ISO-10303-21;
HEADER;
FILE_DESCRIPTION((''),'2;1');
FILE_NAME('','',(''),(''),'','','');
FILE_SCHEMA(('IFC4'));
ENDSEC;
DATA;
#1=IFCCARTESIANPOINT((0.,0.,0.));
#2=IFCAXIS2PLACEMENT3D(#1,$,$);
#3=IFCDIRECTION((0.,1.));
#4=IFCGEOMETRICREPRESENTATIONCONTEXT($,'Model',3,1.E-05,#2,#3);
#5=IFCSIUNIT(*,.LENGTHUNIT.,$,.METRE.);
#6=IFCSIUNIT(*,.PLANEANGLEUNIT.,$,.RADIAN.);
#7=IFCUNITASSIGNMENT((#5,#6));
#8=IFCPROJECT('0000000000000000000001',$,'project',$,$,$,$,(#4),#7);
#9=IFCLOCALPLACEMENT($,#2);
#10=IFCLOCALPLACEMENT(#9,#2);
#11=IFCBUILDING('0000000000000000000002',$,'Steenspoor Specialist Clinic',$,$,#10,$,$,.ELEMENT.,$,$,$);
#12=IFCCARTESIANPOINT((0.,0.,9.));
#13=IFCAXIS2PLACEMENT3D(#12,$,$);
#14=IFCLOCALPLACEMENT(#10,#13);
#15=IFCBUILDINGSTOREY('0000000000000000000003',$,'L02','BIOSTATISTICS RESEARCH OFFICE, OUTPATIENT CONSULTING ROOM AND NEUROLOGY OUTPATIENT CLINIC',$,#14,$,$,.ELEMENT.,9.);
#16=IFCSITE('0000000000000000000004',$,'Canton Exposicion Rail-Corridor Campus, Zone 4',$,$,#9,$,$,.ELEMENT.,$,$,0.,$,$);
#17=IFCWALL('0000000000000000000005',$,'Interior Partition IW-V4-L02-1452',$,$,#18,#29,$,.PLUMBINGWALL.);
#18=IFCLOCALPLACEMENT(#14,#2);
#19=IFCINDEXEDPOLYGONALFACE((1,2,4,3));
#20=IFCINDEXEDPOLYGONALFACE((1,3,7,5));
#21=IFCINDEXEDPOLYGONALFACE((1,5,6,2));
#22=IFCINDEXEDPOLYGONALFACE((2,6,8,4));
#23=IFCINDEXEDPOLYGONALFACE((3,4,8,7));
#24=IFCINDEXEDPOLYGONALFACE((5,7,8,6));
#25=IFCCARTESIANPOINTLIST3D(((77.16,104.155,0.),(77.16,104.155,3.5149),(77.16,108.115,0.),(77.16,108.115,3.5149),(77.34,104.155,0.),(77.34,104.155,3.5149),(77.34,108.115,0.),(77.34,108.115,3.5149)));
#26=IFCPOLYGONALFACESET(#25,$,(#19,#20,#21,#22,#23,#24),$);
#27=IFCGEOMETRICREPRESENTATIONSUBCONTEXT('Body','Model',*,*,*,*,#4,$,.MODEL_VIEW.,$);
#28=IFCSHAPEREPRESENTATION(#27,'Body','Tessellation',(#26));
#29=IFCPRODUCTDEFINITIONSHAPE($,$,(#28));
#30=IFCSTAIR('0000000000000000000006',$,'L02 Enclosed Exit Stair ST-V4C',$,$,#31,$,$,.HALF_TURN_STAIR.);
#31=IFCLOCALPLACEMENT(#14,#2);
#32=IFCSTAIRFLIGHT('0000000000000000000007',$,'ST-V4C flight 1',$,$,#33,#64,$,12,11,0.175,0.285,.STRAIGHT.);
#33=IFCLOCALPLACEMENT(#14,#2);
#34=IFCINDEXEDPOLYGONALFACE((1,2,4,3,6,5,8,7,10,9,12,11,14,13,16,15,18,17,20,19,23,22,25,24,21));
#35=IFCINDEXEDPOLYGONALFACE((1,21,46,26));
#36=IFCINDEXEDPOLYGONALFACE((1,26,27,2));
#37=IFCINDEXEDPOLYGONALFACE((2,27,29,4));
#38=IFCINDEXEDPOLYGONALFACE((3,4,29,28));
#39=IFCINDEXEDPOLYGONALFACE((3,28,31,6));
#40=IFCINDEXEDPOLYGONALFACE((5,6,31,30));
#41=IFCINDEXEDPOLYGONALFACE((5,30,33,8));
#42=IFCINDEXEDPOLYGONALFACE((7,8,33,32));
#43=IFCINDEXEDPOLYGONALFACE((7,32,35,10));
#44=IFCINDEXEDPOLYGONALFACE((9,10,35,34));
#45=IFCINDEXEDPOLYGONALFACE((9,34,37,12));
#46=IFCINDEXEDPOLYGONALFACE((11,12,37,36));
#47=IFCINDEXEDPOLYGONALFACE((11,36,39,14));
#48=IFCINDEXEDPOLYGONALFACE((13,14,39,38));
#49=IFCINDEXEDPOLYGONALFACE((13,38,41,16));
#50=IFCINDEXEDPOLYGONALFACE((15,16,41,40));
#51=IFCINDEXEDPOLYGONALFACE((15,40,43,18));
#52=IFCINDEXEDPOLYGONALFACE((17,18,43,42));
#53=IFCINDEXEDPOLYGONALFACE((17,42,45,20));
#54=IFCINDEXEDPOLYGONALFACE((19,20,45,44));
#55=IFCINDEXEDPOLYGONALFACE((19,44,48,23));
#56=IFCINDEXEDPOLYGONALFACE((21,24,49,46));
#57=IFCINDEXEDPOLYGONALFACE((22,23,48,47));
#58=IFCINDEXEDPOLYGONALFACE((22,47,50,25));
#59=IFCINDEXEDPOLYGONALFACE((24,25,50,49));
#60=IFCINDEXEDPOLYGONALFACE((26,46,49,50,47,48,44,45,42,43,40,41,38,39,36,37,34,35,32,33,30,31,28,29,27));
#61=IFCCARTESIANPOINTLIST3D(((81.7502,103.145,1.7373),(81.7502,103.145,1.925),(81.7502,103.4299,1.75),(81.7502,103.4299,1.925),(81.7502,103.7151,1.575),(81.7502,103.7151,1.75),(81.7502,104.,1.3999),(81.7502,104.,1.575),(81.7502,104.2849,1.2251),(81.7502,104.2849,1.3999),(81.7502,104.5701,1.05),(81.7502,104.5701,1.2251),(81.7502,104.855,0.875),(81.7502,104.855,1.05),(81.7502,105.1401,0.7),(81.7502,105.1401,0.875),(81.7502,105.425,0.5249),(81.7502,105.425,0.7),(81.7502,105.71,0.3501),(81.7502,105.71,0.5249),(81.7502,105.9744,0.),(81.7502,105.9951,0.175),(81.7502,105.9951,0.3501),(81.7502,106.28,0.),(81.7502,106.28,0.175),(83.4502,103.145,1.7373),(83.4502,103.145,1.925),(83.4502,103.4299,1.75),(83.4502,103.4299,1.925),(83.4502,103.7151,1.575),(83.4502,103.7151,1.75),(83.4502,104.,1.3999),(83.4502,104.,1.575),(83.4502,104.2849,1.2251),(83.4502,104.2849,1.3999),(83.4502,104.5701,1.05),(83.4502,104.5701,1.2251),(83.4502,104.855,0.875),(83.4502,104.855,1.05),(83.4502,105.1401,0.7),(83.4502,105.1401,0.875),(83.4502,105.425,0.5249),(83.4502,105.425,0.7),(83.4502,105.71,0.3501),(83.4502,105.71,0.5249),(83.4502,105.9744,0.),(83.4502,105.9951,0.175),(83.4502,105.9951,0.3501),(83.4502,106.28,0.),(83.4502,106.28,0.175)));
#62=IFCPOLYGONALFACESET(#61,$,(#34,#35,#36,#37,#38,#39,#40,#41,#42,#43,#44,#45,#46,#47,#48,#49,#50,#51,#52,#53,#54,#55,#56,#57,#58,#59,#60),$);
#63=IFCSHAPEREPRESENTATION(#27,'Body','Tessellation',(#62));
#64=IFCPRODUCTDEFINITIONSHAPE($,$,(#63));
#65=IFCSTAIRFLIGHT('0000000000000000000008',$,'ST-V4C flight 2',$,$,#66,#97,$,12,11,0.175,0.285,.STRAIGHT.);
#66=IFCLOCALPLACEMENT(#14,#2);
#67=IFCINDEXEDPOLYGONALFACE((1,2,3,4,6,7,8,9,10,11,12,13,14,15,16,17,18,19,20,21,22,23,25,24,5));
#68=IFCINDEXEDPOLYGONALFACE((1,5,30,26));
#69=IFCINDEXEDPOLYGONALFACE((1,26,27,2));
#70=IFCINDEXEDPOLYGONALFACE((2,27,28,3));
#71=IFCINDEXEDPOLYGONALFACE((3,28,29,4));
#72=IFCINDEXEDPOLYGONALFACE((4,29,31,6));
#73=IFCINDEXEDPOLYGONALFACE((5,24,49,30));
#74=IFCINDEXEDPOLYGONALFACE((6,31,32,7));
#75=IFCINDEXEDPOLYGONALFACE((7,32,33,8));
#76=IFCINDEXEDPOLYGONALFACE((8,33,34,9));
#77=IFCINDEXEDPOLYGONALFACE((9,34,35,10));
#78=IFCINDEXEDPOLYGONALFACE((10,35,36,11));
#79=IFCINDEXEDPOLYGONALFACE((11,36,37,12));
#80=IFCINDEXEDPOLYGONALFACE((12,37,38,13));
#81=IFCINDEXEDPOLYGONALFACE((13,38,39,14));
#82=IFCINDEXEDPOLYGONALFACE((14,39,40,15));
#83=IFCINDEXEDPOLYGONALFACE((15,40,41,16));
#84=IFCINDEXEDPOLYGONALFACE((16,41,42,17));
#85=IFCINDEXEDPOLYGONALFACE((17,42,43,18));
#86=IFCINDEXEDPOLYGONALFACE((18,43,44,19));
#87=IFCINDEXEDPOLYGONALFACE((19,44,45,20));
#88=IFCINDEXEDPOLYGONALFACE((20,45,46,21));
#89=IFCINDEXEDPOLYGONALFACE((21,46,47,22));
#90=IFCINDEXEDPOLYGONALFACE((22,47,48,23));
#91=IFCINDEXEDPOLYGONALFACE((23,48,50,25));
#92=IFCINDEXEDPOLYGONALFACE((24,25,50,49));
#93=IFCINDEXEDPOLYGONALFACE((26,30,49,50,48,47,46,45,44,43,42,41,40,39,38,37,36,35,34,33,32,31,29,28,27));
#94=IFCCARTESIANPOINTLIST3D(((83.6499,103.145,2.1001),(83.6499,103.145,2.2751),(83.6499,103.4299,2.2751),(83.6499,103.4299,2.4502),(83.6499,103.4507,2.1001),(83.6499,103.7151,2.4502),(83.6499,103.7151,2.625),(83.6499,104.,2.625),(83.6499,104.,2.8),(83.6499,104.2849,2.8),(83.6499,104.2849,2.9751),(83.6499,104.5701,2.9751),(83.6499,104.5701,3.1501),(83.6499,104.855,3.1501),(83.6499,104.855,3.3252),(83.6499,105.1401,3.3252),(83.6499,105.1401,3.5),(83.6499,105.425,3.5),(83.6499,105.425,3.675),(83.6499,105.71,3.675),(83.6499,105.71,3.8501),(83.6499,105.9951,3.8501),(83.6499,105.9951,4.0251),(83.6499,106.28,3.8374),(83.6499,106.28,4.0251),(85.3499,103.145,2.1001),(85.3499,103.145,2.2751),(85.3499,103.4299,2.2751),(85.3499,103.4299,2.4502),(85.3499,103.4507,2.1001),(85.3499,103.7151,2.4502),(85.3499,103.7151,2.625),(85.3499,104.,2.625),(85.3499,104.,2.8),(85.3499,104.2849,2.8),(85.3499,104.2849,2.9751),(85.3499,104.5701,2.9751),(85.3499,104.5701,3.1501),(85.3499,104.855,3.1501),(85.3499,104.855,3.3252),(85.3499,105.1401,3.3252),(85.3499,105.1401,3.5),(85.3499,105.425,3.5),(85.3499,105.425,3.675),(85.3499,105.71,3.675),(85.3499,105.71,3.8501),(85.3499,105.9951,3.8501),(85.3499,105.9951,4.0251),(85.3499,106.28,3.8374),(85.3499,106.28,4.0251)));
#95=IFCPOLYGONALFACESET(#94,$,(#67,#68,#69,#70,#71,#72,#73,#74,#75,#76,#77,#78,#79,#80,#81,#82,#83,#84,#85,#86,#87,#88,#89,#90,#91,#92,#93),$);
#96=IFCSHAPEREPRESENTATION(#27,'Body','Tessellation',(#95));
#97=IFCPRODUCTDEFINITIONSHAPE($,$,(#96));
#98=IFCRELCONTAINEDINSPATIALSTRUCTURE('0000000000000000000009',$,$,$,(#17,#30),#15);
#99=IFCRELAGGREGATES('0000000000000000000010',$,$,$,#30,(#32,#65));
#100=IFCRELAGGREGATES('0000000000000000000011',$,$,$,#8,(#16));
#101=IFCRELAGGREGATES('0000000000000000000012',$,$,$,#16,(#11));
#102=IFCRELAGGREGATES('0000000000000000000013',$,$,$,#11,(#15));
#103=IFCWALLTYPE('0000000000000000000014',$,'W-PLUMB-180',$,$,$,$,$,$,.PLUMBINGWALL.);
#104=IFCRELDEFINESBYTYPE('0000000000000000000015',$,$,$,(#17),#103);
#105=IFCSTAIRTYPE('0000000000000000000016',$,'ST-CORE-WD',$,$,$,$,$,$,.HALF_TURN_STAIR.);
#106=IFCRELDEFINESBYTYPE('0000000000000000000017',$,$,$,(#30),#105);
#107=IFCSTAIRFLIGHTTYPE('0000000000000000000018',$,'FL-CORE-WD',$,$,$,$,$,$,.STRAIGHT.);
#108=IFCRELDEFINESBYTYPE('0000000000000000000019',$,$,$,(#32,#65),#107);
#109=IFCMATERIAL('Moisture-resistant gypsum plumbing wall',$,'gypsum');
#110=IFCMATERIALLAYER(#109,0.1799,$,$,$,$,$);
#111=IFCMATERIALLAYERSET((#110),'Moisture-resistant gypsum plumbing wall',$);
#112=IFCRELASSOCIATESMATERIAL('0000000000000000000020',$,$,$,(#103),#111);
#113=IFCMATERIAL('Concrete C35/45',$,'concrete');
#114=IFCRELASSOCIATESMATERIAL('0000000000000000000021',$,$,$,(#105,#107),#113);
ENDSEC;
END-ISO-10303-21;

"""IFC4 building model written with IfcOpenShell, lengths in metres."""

from ifc_helpers import new_model, si_unit, direction, frame, frame_2d, origin, place, context, subcontext, project, spatial, polyline, rectangle, outline, extrude, material, layer, layer_set, type_object, element, aggregate, save


model = new_model("IFC4")

# Units and contexts
model_context = context("Model", 3, precision=1e-05, world=origin(), true_north=direction((0.0, 1.0)))
body_context = subcontext(model_context, "Body", "Model", "MODEL_VIEW")
ifc_project = project(units=[si_unit("LENGTHUNIT", "METRE"), si_unit("PLANEANGLEUNIT", "RADIAN")], contexts=[model_context])

# Site, building, storey
site_placement = place(None, origin())
site = spatial("IfcSite", under=ifc_project, at=site_placement, Name="Canton Exposicion Rail-Corridor Campus, Zone 4", CompositionType="ELEMENT", RefElevation=0.0)
building_placement = place(site_placement, origin())
building = spatial("IfcBuilding", under=site, at=building_placement, Name="Steenspoor Specialist Clinic", CompositionType="ELEMENT")
storey_placement = place(building_placement, frame((0.0, 0.0, 9.0)))
storey = spatial("IfcBuildingStorey", under=building, at=storey_placement, Name="L02", Description="BIOSTATISTICS RESEARCH OFFICE, OUTPATIENT CONSULTING ROOM AND NEUROLOGY OUTPATIENT CLINIC", CompositionType="ELEMENT", Elevation=9.0)

# Shared definitions
ifc_material_1 = material(Name="Concrete C35/45", Category="concrete")

# Shared definitions
ifc_material_2 = material(Name="Moisture-resistant gypsum plumbing wall", Category="gypsum")
ifc_layer_1 = layer(ifc_material_2, 0.1799)
ifc_layer_set_1 = layer_set([ifc_layer_1], Name="Moisture-resistant gypsum plumbing wall")
wall_type_1 = type_object("IfcWallType", Name="W-PLUMB-180", PredefinedType="PLUMBINGWALL", material=ifc_layer_set_1)

# Wall
wall_1_placement = place(storey_placement, frame((77.25, 104.155, 0.0), z_axis=(0.0, 0.0, 1.0), x_axis=(0.0, 1.0, 0.0)))
element("IfcWall", 1, at=wall_1_placement, inside=storey, type_object=wall_type_1, Name="Interior Partition IW-V4-L02-1452", PredefinedType="PLUMBINGWALL", context=body_context, shape_type="SweptSolid", body=[
    extrude(rectangle(XDim=3.96, YDim=0.1799, at=frame_2d((1.98, 0.0))), origin(), (0.0, 0.0, 1.0), 3.5149),
])

# Stair, stair flights
stair_type = type_object("IfcStairType", Name="ST-CORE-WD", PredefinedType="HALF_TURN_STAIR", material=ifc_material_1)
stair_placement = place(storey_placement, origin())
stair = element("IfcStair", 2, at=stair_placement, inside=storey, type_object=stair_type, Name="L02 Enclosed Exit Stair ST-V4C", PredefinedType="HALF_TURN_STAIR")
stair_flight_type = type_object("IfcStairFlightType", Name="FL-CORE-WD", PredefinedType="STRAIGHT", material=ifc_material_1)
stair_flight_1_placement = place(storey_placement, frame((82.6001, 106.28, 0.0), z_axis=(0.0, 0.0, 1.0), x_axis=(0.0, -1.0, 0.0)))
stair_flight_1 = element("IfcStairFlight", 3, at=stair_flight_1_placement, type_object=stair_flight_type, Name="ST-V4C flight 1", NumberOfRisers=12, NumberOfTreads=11, PredefinedType="STRAIGHT", RiserHeight=0.175, TreadLength=0.285, context=body_context, shape_type="SweptSolid", body=[
    extrude(outline(polyline([(0.0, 0.0), (0.0, 0.175), (0.2849, 0.175), (0.2849, 0.3501), (0.5701, 0.3501), (0.5701, 0.5249), (0.855, 0.5249), (0.855, 0.7), (1.1399, 0.7), (1.1399, 0.875), (1.425, 0.875), (1.425, 1.05), (1.71, 1.05), (1.71, 1.2251), (1.9951, 1.2251), (1.9951, 1.3999), (2.28, 1.3999), (2.28, 1.575), (2.5649, 1.575), (2.5649, 1.75), (2.8501, 1.75), (2.8501, 1.925), (3.135, 1.925), (3.135, 2.1001), (3.135, 1.7373), (0.3057, 0.0), (0.0, 0.0)])), frame((0.0, 0.8501, 0.0), z_axis=(0.0, -1.0, 0.0), x_axis=(1.0, 0.0, 0.0)), (0.0, 0.0, 1.0), 1.7),
])
stair_flight_2_placement = place(storey_placement, frame((84.5, 103.145, 2.1001), z_axis=(0.0, 0.0, 1.0), x_axis=(0.0, 1.0, 0.0)))
stair_flight_2 = element("IfcStairFlight", 4, at=stair_flight_2_placement, type_object=stair_flight_type, Name="ST-V4C flight 2", NumberOfRisers=12, NumberOfTreads=11, PredefinedType="STRAIGHT", RiserHeight=0.175, TreadLength=0.285, context=body_context, shape_type="SweptSolid", body=[
    extrude(outline(polyline([(0.0, 0.0), (0.0, 0.175), (0.2849, 0.175), (0.2849, 0.3501), (0.5701, 0.3501), (0.5701, 0.5249), (0.855, 0.5249), (0.855, 0.7), (1.1399, 0.7), (1.1399, 0.875), (1.425, 0.875), (1.425, 1.05), (1.71, 1.05), (1.71, 1.2251), (1.9951, 1.2251), (1.9951, 1.3999), (2.28, 1.3999), (2.28, 1.575), (2.5649, 1.575), (2.5649, 1.75), (2.8501, 1.75), (2.8501, 1.925), (3.135, 1.925), (3.135, 2.1001), (3.135, 1.7373), (0.3057, 0.0), (0.0, 0.0)])), frame((0.0, 0.8501, 0.0), z_axis=(0.0, -1.0, 0.0), x_axis=(1.0, 0.0, 0.0)), (0.0, 0.0, 1.0), 1.7),
])
aggregate(stair, [stair_flight_1, stair_flight_2])

save(model, "model.ifc")
